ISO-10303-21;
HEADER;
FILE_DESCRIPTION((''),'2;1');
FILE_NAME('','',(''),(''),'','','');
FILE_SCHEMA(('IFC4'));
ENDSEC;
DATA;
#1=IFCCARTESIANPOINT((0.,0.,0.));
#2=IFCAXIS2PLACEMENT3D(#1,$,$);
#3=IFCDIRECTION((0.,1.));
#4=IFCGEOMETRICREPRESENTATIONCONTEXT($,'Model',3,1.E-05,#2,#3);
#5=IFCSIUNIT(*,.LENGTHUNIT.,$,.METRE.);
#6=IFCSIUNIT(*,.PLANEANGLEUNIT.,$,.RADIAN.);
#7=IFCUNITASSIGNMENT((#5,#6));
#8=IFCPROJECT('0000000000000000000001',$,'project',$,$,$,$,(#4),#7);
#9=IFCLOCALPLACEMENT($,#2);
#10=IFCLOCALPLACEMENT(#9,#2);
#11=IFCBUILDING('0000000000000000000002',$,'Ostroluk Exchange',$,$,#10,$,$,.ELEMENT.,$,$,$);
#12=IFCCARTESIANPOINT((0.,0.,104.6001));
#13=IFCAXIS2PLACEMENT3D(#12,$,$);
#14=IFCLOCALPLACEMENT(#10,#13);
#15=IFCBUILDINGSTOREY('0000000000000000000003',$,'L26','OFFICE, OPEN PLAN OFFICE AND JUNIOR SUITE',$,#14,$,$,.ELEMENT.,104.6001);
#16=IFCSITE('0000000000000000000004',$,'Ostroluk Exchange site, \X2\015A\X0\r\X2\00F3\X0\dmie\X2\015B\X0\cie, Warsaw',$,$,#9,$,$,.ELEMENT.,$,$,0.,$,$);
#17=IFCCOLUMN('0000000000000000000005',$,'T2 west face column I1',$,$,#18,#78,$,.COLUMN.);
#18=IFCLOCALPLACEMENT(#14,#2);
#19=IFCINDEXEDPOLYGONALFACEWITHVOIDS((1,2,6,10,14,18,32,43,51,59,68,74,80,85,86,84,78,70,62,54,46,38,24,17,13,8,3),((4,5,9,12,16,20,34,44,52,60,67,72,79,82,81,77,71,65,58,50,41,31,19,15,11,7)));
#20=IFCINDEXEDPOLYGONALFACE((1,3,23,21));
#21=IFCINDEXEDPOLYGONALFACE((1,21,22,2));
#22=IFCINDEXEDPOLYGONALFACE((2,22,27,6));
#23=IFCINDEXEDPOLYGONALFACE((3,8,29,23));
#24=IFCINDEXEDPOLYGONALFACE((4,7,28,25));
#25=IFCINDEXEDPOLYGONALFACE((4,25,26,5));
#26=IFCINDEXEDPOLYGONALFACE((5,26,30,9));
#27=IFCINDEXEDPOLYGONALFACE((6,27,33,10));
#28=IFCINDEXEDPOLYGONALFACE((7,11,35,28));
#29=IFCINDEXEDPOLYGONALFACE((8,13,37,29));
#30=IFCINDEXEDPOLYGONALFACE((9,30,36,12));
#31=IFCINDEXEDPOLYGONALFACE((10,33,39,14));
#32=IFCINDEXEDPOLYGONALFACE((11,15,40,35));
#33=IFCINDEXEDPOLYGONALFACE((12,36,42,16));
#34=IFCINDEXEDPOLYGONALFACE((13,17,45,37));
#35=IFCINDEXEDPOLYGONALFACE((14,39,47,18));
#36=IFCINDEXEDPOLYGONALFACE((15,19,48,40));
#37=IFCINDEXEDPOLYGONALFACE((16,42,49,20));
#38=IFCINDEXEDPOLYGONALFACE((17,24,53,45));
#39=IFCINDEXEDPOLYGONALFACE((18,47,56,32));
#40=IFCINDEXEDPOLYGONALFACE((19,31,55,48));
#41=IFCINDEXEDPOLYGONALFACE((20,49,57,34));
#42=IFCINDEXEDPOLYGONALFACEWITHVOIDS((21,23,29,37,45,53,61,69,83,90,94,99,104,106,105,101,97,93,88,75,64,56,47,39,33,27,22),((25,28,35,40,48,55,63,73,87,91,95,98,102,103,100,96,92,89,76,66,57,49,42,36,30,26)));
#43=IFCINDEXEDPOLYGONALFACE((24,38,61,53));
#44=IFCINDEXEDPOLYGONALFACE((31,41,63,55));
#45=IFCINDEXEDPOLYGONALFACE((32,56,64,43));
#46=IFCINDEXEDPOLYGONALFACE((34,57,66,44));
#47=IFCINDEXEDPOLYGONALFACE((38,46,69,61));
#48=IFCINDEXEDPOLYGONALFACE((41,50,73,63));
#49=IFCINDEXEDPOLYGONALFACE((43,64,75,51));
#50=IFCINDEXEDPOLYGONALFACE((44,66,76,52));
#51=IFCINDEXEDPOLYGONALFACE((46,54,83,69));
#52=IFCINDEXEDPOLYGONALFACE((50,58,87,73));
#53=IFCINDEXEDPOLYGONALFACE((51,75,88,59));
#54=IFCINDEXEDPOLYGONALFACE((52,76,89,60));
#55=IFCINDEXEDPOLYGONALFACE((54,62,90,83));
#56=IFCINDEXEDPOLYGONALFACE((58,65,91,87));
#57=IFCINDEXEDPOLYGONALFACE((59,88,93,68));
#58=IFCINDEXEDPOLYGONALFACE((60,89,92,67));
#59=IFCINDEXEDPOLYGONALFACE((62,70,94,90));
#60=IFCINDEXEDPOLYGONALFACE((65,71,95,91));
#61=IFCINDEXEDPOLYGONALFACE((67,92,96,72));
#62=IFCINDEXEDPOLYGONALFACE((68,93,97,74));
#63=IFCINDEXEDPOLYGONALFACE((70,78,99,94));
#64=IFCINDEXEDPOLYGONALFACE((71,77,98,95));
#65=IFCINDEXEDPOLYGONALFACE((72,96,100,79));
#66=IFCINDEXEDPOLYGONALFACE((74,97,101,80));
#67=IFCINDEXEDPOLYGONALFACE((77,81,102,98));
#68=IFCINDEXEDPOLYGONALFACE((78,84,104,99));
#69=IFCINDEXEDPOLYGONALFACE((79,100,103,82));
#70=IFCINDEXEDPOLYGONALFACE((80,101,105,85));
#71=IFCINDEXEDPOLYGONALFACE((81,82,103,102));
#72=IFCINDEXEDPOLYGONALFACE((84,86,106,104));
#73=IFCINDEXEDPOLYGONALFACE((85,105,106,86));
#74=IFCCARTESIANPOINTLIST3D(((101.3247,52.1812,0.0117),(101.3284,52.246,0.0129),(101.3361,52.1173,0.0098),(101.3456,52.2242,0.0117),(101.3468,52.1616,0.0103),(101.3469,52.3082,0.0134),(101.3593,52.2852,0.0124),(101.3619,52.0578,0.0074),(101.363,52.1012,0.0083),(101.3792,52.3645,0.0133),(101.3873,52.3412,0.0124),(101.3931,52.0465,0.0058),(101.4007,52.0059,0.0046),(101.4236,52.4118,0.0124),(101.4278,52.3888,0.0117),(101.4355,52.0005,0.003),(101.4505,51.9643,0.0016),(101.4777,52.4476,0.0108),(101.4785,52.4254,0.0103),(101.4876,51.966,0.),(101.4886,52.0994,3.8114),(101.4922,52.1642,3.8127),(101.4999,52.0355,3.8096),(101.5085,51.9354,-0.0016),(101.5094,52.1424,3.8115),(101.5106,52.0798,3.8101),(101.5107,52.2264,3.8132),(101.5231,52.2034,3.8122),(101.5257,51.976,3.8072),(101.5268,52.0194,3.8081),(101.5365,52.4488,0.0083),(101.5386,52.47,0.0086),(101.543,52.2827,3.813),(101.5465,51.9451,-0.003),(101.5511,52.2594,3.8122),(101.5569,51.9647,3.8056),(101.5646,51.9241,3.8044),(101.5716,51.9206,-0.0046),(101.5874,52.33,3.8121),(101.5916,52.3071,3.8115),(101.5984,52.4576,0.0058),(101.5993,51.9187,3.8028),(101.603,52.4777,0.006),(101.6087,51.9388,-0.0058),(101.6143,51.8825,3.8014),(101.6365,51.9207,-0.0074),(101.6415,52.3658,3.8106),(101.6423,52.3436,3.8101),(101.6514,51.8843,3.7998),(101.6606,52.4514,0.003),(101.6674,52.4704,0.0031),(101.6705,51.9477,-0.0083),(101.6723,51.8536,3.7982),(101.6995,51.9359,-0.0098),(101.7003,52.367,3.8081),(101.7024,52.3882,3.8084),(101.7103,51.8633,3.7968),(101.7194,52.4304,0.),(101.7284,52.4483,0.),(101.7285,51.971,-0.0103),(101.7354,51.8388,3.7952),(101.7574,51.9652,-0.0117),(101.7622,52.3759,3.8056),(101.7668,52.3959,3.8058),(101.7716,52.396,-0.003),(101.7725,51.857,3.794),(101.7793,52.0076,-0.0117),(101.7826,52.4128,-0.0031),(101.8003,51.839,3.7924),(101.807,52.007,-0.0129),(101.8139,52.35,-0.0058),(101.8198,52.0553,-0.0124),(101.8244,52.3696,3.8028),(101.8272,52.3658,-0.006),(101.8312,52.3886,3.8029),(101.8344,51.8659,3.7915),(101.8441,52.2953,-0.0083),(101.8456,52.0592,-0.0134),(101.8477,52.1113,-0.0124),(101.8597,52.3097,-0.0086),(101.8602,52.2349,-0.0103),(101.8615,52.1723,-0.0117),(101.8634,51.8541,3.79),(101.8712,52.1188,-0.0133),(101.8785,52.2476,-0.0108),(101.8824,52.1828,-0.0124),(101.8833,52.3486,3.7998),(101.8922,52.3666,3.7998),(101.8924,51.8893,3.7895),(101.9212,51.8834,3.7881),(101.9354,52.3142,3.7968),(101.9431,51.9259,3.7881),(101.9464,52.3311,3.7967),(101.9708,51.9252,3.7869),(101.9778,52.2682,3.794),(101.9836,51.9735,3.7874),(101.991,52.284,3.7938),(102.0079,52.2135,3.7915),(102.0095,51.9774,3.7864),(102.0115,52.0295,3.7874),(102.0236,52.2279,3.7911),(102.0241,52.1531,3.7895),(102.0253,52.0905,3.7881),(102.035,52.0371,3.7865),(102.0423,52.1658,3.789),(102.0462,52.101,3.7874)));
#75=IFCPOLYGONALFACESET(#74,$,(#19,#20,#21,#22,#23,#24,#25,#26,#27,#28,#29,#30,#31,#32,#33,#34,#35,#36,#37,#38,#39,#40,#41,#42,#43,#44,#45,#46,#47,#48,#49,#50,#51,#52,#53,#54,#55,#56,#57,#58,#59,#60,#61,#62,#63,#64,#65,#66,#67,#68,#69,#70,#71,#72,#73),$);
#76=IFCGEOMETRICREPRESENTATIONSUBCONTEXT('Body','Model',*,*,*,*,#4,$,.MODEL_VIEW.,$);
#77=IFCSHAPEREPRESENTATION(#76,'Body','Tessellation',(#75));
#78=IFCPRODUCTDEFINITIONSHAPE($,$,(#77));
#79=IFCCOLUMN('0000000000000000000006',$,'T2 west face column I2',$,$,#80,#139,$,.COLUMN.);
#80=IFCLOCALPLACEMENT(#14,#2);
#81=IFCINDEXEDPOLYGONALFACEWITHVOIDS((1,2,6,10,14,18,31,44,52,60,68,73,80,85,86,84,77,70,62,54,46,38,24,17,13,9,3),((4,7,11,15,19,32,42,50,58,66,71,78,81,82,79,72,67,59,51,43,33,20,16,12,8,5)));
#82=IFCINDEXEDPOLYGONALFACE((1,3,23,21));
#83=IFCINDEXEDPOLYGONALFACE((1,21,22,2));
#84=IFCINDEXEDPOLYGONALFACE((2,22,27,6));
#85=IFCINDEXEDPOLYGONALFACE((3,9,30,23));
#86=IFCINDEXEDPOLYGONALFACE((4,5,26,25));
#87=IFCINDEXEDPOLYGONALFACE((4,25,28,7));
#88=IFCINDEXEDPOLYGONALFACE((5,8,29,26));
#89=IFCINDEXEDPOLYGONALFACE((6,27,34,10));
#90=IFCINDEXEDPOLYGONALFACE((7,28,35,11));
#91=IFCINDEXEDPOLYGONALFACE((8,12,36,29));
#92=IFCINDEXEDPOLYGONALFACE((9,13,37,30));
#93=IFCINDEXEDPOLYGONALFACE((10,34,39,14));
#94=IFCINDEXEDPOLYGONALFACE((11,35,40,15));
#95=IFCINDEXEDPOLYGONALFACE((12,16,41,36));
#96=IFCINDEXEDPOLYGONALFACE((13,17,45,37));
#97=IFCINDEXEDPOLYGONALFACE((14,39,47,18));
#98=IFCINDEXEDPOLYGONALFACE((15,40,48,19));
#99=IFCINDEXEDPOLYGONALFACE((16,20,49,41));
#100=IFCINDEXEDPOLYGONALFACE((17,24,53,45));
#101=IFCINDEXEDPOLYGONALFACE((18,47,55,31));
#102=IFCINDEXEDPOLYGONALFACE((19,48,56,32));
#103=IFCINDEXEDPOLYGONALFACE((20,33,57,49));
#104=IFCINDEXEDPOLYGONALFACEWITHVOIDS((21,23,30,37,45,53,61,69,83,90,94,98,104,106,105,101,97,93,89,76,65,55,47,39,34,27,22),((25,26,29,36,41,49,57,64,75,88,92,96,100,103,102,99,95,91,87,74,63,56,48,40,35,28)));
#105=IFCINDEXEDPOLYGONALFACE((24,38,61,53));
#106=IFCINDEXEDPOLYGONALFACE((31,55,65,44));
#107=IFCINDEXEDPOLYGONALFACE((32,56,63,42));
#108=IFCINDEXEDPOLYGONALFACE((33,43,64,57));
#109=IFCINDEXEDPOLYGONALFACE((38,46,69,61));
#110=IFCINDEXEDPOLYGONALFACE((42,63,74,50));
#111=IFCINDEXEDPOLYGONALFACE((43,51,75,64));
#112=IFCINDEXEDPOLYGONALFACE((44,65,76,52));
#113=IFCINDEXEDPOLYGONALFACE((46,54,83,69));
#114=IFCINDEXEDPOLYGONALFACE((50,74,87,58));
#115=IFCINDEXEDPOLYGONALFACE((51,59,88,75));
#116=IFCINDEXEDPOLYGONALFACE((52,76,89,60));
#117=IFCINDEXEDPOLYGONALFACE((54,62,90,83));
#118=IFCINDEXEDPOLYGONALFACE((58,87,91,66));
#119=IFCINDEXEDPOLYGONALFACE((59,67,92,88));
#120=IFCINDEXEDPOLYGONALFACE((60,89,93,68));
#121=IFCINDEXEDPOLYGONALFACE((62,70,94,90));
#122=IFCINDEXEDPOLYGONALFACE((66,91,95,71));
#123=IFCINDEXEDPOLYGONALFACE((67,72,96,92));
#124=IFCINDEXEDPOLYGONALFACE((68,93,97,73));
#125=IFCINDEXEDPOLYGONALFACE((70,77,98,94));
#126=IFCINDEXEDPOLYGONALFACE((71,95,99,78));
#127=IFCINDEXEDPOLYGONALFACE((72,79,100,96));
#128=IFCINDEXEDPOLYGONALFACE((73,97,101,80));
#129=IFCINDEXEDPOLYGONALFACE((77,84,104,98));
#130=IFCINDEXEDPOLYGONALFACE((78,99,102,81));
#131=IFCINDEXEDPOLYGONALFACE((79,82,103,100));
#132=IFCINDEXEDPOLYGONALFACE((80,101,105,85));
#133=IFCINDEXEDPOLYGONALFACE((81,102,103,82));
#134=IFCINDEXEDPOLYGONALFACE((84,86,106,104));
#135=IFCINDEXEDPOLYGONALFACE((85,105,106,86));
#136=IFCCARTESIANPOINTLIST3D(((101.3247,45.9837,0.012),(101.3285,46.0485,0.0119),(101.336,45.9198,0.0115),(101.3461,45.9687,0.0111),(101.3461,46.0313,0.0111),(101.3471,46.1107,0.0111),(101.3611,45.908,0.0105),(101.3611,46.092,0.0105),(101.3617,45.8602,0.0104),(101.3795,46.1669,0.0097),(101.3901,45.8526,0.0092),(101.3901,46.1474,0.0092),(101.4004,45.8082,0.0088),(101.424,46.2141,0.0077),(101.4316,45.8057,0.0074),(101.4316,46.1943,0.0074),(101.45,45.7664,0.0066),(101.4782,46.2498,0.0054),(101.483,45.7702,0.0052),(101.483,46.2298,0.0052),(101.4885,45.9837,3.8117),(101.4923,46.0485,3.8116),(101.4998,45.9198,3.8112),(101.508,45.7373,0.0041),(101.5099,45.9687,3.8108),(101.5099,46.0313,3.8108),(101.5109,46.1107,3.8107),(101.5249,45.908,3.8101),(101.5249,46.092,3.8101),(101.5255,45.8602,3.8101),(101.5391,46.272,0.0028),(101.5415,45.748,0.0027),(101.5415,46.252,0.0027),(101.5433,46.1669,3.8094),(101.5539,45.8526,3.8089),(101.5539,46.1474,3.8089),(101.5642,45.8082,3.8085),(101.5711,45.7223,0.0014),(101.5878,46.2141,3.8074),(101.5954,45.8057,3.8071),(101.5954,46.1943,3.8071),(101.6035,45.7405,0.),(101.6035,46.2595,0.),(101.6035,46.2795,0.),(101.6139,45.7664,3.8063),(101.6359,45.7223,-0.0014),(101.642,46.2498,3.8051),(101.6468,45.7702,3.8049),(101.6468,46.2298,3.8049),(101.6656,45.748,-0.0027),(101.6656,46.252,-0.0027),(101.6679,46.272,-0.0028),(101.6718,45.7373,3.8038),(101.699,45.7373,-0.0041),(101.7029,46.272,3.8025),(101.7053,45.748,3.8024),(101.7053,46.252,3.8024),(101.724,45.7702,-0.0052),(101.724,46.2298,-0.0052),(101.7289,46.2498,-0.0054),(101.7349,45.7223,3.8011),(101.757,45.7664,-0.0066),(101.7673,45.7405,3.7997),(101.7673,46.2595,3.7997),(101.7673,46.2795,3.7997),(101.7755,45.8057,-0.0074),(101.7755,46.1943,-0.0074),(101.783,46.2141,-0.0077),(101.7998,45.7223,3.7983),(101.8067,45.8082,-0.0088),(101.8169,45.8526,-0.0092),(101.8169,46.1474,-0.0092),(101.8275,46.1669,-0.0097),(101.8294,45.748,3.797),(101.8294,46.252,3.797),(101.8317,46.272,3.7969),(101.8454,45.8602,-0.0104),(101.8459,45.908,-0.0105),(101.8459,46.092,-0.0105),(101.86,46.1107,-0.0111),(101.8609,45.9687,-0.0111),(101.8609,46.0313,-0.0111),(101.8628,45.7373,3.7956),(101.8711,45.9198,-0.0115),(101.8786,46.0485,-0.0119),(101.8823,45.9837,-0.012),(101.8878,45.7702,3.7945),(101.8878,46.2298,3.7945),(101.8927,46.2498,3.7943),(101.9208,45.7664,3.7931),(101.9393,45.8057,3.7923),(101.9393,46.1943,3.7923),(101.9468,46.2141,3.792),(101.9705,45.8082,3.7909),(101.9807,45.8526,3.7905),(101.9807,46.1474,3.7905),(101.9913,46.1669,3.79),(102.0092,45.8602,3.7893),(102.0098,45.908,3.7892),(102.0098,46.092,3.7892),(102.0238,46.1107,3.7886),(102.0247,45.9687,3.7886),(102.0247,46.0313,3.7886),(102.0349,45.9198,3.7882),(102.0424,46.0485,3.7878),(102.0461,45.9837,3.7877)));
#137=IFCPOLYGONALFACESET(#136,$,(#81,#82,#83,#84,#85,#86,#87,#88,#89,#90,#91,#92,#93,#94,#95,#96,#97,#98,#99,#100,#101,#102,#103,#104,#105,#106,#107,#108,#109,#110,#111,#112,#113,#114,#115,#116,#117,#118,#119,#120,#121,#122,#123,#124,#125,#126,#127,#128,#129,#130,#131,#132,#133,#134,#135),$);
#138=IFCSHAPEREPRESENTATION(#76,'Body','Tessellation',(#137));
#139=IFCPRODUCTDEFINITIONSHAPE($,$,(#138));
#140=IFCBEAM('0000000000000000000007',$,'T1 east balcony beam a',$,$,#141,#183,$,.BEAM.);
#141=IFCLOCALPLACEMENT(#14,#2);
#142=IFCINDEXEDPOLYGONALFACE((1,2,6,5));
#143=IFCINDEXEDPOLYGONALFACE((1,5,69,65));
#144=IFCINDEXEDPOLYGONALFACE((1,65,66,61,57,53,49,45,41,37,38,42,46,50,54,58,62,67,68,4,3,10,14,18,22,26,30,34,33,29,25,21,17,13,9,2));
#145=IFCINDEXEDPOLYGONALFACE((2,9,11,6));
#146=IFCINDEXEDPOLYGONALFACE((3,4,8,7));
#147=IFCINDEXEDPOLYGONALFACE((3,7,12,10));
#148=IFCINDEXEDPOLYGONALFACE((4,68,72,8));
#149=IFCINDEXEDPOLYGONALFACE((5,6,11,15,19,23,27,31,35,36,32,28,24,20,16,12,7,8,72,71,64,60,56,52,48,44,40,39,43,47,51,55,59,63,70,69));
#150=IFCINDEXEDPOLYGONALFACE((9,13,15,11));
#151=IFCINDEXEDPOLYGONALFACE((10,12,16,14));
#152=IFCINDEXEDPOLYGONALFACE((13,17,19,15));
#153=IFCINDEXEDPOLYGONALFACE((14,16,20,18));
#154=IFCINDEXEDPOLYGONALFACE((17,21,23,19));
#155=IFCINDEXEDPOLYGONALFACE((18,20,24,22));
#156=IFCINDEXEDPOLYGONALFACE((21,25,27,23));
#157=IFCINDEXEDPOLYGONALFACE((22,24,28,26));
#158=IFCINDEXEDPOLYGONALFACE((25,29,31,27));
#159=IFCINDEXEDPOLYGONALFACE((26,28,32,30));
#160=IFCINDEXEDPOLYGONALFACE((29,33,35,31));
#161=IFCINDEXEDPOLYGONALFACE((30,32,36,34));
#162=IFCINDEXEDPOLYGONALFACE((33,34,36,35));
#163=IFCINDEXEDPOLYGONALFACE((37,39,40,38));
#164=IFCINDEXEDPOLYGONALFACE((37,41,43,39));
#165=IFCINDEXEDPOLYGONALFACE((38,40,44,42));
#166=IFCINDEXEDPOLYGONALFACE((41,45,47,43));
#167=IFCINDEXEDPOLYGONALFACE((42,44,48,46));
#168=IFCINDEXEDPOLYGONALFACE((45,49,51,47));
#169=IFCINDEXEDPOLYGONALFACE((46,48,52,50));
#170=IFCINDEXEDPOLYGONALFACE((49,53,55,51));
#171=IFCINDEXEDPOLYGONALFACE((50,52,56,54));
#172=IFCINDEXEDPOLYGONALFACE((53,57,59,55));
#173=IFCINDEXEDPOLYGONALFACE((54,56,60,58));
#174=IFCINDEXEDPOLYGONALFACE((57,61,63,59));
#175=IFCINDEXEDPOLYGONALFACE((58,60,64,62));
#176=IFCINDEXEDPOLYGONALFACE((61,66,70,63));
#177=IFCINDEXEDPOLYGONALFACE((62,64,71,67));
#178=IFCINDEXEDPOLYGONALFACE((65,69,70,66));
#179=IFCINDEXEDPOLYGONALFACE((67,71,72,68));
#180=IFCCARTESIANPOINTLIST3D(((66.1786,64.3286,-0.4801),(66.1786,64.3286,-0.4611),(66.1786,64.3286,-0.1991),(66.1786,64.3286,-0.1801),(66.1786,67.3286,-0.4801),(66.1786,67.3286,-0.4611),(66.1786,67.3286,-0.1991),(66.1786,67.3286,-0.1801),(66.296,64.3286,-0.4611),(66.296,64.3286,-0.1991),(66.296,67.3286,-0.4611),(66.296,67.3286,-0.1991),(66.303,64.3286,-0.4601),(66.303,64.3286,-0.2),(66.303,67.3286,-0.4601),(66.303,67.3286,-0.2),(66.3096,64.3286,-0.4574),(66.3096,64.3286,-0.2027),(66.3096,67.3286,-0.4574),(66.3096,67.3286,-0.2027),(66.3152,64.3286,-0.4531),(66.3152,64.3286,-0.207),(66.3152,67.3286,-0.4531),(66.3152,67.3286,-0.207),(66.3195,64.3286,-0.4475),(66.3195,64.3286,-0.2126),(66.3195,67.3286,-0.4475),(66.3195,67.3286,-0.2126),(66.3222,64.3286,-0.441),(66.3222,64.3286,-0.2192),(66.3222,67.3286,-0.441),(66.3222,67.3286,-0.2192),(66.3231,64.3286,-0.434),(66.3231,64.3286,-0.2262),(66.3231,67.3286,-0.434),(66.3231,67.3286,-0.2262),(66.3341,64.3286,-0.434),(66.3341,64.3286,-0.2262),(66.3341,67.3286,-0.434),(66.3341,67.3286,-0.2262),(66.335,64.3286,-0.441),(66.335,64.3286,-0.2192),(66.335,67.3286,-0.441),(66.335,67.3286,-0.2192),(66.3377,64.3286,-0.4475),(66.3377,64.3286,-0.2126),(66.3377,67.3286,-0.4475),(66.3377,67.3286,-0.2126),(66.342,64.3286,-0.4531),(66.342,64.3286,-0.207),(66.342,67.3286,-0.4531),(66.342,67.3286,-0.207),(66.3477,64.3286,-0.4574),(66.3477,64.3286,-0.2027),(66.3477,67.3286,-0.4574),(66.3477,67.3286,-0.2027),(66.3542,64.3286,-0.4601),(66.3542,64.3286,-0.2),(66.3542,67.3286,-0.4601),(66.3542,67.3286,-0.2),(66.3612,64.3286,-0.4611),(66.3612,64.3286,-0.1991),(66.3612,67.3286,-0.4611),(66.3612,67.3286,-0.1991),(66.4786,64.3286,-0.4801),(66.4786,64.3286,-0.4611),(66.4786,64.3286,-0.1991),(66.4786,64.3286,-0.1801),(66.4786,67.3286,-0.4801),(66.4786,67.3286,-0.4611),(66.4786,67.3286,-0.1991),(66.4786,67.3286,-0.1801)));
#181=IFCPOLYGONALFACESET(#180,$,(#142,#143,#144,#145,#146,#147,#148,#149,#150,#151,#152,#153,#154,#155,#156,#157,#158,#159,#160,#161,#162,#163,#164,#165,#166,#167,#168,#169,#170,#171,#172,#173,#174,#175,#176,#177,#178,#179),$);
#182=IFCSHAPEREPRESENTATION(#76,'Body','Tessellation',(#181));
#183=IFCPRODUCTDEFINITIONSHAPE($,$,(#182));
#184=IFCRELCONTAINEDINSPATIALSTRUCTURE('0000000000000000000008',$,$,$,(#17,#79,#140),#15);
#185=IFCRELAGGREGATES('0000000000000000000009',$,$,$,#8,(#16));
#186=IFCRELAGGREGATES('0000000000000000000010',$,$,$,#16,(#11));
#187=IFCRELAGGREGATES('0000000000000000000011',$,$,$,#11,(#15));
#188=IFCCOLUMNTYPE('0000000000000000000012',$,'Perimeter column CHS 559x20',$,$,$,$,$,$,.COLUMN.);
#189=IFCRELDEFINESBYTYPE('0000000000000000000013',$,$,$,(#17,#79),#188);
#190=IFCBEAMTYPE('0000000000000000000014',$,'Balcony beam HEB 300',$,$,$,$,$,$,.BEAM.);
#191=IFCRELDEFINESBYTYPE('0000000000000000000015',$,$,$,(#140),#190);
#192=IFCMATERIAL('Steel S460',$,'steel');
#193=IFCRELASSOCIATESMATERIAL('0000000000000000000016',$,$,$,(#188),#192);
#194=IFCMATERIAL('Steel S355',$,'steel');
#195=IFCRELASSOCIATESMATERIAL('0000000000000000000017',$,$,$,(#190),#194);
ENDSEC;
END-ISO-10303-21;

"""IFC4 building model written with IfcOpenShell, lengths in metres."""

from ifc_helpers import new_model, si_unit, direction, frame, origin, origin_2d, place, context, subcontext, project, spatial, hollow_circle, i_section, extrude, material, material_profile, profile_set, type_object, element, save


model = new_model("IFC4")

# Units and contexts
model_context = context("Model", 3, precision=1e-05, world=origin(), true_north=direction((0.0, 1.0)))
body_context = subcontext(model_context, "Body", "Model", "MODEL_VIEW")
ifc_project = project(units=[si_unit("LENGTHUNIT", "METRE"), si_unit("PLANEANGLEUNIT", "RADIAN")], contexts=[model_context])

# Site, building, storey
site_placement = place(None, origin())
site = spatial("IfcSite", under=ifc_project, at=site_placement, Name="Ostroluk Exchange site, Śródmieście, Warsaw", CompositionType="ELEMENT", RefElevation=0.0)
building_placement = place(site_placement, origin())
building = spatial("IfcBuilding", under=site, at=building_placement, Name="Ostroluk Exchange", CompositionType="ELEMENT")
storey_placement = place(building_placement, frame((0.0, 0.0, 104.6001)))
storey = spatial("IfcBuildingStorey", under=building, at=storey_placement, Name="L26", Description="OFFICE, OPEN PLAN OFFICE AND JUNIOR SUITE", CompositionType="ELEMENT", Elevation=104.6001)

# Columns
ifc_material_1 = material(Name="Steel S460", Category="steel")
ifc_material_profile_1 = material_profile(ifc_material_1, hollow_circle(Radius=0.2795, WallThickness=0.02, at=origin_2d()), Name="CHS 559x20")
ifc_profile_set_1 = profile_set([ifc_material_profile_1], Name="Steel S460")
column_type_1 = type_object("IfcColumnType", Name="Perimeter column CHS 559x20", PredefinedType="COLUMN", material=ifc_profile_set_1)
column_1_placement = place(storey_placement, frame((101.6035, 52.1982, 0.0), z_axis=(0.043062, -0.021499, 0.998841), x_axis=(0.44668, 0.894694, 0.0)))
element("IfcColumn", 1, at=column_1_placement, inside=storey, type_object=column_type_1, Name="T2 west face column I1", PredefinedType="COLUMN", context=body_context, shape_type="SweptSolid", body=[
    extrude(hollow_circle(Radius=0.2795, WallThickness=0.02, at=origin_2d()), origin(), (0.0, 0.0, 1.0), 3.8042),
])
column_2_placement = place(storey_placement, frame((101.6035, 46.0, 0.0), z_axis=(0.043072, 0.0, 0.999072), x_axis=(0.0, 1.0, 0.0)))
element("IfcColumn", 2, at=column_2_placement, inside=storey, type_object=column_type_1, Name="T2 west face column I2", PredefinedType="COLUMN", context=body_context, shape_type="SweptSolid", body=[
    extrude(hollow_circle(Radius=0.2795, WallThickness=0.02, at=origin_2d()), origin(), (0.0, 0.0, 1.0), 3.8032),
])

# Beam
ifc_material_2 = material(Name="Steel S355", Category="steel")
ifc_material_profile_2 = material_profile(ifc_material_2, i_section(OverallWidth=0.3, OverallDepth=0.3, WebThickness=0.011, FlangeThickness=0.019, FilletRadius=0.0271, at=origin_2d()), Name="HEB 300")
ifc_profile_set_2 = profile_set([ifc_material_profile_2], Name="Steel S355")
beam_type_1 = type_object("IfcBeamType", Name="Balcony beam HEB 300", PredefinedType="BEAM", material=ifc_profile_set_2)
for number, where, z_axis, x_axis, name in (
    (3, (66.3286, 64.3286, -0.3301), (0.0, 1.0, 0.0), (-1.0, 0.0, 0.0), "T1 east balcony beam a"),
):
    element("IfcBeam", number, at=place(storey_placement, frame(where, z_axis=z_axis, x_axis=x_axis)), inside=storey, type_object=beam_type_1, Name=name, PredefinedType="BEAM", context=body_context, shape_type="SweptSolid", body=[
        extrude(i_section(OverallWidth=0.3, OverallDepth=0.3, WebThickness=0.011, FlangeThickness=0.019, FilletRadius=0.0271, at=origin_2d()), origin(), (0.0, 0.0, 1.0), 3.0),
    ])

save(model, "model.ifc")
